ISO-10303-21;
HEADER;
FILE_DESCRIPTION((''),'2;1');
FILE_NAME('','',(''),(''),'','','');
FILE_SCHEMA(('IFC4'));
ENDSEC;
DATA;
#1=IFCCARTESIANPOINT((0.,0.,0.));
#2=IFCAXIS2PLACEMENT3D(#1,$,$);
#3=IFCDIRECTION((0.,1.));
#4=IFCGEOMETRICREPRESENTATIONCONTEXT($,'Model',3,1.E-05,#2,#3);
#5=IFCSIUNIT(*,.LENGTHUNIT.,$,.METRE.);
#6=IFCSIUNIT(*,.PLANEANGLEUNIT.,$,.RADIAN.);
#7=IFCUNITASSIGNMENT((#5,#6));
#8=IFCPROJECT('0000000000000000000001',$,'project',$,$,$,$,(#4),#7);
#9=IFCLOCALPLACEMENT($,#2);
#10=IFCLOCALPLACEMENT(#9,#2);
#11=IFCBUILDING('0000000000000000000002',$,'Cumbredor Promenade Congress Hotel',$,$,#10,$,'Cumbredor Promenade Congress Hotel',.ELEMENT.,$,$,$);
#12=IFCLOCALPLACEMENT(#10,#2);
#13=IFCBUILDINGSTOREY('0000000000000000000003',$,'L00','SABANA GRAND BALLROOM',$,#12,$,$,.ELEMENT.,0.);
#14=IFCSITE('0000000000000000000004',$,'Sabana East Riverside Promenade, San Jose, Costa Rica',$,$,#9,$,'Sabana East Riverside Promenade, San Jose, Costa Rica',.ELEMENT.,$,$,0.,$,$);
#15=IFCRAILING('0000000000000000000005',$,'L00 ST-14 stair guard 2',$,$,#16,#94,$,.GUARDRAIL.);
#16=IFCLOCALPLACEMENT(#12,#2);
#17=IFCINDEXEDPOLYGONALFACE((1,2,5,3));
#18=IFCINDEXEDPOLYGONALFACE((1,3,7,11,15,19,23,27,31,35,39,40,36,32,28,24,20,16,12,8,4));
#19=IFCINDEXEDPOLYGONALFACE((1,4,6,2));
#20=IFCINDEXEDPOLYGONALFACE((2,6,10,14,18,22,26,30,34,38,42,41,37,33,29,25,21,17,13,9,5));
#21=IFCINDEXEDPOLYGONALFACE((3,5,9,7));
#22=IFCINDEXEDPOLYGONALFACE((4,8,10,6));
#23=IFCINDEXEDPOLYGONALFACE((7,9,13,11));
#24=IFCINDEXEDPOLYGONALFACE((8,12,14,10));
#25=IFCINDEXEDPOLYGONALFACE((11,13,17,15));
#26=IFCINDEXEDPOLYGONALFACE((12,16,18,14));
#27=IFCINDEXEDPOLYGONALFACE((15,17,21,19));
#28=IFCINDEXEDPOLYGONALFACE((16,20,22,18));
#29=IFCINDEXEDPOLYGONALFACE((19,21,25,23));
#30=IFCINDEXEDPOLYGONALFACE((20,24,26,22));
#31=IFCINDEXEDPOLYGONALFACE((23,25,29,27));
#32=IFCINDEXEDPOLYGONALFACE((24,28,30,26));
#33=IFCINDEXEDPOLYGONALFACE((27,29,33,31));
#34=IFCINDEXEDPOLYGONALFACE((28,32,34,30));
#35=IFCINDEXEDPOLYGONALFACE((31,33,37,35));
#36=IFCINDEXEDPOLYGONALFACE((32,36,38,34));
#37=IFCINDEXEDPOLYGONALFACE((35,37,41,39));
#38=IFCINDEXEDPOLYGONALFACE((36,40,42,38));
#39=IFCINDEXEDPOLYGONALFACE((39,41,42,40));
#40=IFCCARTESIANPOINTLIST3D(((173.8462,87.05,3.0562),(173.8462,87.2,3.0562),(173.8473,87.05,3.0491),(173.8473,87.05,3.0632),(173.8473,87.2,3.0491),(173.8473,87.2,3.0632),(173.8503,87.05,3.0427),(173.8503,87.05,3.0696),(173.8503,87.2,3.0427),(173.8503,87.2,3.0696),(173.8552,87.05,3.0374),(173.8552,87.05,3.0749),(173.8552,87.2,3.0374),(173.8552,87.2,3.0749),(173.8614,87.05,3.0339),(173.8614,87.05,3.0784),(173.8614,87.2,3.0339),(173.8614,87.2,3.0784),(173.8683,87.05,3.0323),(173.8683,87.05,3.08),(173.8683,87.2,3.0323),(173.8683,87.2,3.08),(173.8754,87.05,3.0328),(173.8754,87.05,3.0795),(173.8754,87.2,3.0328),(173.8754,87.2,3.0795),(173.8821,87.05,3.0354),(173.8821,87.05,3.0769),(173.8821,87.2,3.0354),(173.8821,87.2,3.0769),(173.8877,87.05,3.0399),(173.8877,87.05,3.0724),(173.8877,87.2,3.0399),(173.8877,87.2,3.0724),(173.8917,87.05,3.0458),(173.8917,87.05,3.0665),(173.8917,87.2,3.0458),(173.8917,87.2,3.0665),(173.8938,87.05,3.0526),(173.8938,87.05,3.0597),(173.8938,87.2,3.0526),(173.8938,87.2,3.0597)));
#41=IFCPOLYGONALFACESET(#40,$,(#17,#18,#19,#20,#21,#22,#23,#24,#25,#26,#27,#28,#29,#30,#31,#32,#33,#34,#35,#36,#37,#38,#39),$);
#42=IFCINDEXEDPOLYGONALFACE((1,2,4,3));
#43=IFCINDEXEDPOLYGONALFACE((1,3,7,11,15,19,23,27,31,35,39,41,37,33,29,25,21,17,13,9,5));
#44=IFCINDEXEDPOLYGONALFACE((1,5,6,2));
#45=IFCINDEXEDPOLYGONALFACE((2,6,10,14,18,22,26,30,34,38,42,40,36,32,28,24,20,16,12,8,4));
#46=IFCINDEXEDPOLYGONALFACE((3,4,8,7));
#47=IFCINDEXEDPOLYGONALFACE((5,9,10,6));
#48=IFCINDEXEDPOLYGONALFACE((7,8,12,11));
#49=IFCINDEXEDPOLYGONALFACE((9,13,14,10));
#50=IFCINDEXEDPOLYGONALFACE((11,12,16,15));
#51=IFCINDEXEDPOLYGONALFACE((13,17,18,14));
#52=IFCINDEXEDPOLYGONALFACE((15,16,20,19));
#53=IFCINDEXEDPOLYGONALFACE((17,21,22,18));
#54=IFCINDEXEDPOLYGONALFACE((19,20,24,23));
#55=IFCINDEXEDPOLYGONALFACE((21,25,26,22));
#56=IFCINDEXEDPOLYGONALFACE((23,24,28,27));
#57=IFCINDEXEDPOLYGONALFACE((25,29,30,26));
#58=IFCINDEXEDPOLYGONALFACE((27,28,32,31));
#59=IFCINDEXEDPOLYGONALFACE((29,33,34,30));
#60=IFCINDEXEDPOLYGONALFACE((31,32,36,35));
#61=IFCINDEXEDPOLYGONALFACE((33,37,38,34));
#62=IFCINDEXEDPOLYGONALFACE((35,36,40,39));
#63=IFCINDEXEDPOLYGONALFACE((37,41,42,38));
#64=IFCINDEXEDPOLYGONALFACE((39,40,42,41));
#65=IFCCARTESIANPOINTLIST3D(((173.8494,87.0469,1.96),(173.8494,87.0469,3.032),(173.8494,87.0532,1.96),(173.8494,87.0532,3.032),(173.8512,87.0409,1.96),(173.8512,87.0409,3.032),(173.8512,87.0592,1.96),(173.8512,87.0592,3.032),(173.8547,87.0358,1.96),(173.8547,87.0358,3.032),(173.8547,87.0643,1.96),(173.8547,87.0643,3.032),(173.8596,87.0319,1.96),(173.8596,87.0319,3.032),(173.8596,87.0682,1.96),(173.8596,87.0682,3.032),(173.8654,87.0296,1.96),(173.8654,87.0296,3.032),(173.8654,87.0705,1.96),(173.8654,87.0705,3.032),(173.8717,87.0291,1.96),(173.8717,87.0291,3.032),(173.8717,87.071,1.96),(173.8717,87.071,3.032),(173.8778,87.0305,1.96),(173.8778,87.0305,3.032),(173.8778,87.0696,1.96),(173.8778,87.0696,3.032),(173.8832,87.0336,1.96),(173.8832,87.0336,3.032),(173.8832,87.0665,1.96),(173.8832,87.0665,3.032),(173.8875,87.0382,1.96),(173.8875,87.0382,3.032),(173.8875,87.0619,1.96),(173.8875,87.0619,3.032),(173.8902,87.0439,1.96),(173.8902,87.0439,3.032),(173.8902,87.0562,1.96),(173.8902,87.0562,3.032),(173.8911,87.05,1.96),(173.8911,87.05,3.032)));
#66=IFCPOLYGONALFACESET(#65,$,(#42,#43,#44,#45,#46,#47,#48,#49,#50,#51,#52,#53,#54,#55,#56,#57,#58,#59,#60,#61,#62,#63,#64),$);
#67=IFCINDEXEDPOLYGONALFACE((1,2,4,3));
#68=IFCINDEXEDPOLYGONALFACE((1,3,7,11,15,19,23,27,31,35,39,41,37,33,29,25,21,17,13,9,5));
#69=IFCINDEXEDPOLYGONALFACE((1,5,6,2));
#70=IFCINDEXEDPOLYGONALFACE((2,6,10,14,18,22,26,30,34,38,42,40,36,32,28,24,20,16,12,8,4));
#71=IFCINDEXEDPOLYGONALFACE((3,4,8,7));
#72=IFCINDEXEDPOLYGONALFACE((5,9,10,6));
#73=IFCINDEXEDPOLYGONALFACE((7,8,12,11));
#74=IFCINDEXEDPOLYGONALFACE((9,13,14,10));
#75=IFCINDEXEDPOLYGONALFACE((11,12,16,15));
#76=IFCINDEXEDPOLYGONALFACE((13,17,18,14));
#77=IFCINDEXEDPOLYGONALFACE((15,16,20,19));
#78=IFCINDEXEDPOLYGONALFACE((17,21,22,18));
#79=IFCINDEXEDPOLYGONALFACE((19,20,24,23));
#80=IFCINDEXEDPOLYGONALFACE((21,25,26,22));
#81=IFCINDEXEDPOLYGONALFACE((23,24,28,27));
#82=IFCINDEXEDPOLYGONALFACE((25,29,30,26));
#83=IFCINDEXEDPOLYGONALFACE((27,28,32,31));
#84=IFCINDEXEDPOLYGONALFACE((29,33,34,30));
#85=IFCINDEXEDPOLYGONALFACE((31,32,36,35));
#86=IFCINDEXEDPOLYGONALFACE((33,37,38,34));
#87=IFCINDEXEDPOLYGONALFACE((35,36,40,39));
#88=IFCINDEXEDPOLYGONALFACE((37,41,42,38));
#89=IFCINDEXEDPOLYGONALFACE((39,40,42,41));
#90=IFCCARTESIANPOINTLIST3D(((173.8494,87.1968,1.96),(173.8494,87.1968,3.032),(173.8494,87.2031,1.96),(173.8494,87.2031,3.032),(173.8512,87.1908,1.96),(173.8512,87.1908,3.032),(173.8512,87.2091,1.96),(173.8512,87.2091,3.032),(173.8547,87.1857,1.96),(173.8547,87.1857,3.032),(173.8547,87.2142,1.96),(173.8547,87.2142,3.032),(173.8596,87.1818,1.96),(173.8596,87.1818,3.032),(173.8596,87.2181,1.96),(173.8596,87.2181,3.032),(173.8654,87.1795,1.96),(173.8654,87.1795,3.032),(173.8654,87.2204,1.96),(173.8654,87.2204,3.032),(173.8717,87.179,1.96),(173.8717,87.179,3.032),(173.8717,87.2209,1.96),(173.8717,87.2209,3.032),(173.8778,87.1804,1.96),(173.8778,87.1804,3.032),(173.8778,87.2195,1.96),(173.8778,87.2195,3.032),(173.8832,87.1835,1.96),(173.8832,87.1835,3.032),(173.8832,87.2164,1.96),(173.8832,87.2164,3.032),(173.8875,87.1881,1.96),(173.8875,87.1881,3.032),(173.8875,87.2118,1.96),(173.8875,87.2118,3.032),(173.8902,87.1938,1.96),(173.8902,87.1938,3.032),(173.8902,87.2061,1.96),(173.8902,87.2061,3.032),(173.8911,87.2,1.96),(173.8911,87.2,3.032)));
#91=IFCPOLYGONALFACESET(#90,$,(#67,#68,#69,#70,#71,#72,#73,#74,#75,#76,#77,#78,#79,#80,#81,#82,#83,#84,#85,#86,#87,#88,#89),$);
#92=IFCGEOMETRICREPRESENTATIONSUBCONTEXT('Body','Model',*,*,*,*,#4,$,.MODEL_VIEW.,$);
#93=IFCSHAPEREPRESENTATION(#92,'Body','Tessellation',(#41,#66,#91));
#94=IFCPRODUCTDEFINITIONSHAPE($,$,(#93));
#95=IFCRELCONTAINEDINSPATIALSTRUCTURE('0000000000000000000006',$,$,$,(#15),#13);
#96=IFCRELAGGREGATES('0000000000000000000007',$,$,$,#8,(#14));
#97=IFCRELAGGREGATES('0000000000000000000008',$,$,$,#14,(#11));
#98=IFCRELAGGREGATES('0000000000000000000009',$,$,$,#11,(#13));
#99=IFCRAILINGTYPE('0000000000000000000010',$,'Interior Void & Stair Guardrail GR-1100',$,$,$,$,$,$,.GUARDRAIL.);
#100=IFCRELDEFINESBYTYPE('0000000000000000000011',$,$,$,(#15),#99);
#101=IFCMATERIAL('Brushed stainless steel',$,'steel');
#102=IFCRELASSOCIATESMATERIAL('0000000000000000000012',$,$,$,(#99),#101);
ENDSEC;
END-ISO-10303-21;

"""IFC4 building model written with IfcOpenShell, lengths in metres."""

from ifc_helpers import new_model, si_unit, direction, frame, origin, origin_2d, place, context, subcontext, project, spatial, circle, extrude, material, type_object, element, save


model = new_model("IFC4")

# Units and contexts
model_context = context("Model", 3, precision=1e-05, world=origin(), true_north=direction((0.0, 1.0)))
body_context = subcontext(model_context, "Body", "Model", "MODEL_VIEW")
ifc_project = project(units=[si_unit("LENGTHUNIT", "METRE"), si_unit("PLANEANGLEUNIT", "RADIAN")], contexts=[model_context])

# Site, building, storey
site_placement = place(None, origin())
site = spatial("IfcSite", under=ifc_project, at=site_placement, Name="Sabana East Riverside Promenade, San Jose, Costa Rica", LongName="Sabana East Riverside Promenade, San Jose, Costa Rica", CompositionType="ELEMENT", RefElevation=0.0)
building_placement = place(site_placement, origin())
building = spatial("IfcBuilding", under=site, at=building_placement, Name="Cumbredor Promenade Congress Hotel", LongName="Cumbredor Promenade Congress Hotel", CompositionType="ELEMENT")
storey_placement = place(building_placement, origin())
storey = spatial("IfcBuildingStorey", under=building, at=storey_placement, Name="L00", Description="SABANA GRAND BALLROOM", CompositionType="ELEMENT", Elevation=0.0)

# Railing
ifc_material_1 = material(Name="Brushed stainless steel", Category="steel")
railing_type_1 = type_object("IfcRailingType", Name="Interior Void & Stair Guardrail GR-1100", PredefinedType="GUARDRAIL", material=ifc_material_1)
railing_1_placement = place(storey_placement, frame((173.8701, 87.05, 1.96)))
element("IfcRailing", 1, at=railing_1_placement, inside=storey, type_object=railing_type_1, Name="L00 ST-14 stair guard 2", PredefinedType="GUARDRAIL", context=body_context, shape_type="SweptSolid", body=[
    extrude(circle(Radius=0.0239, at=origin_2d()), frame((0.0, 0.0, 1.0962), z_axis=(0.0, 1.0, 0.0), x_axis=(-1.0, 0.0, 0.0)), (0.0, 0.0, 1.0), 0.1499),
    extrude(circle(Radius=0.021, at=origin_2d()), origin(), (0.0, 0.0, 1.0), 1.072),
    extrude(circle(Radius=0.021, at=origin_2d()), frame((0.0, 0.1499, 0.0)), (0.0, 0.0, 1.0), 1.072),
])

save(model, "model.ifc")
